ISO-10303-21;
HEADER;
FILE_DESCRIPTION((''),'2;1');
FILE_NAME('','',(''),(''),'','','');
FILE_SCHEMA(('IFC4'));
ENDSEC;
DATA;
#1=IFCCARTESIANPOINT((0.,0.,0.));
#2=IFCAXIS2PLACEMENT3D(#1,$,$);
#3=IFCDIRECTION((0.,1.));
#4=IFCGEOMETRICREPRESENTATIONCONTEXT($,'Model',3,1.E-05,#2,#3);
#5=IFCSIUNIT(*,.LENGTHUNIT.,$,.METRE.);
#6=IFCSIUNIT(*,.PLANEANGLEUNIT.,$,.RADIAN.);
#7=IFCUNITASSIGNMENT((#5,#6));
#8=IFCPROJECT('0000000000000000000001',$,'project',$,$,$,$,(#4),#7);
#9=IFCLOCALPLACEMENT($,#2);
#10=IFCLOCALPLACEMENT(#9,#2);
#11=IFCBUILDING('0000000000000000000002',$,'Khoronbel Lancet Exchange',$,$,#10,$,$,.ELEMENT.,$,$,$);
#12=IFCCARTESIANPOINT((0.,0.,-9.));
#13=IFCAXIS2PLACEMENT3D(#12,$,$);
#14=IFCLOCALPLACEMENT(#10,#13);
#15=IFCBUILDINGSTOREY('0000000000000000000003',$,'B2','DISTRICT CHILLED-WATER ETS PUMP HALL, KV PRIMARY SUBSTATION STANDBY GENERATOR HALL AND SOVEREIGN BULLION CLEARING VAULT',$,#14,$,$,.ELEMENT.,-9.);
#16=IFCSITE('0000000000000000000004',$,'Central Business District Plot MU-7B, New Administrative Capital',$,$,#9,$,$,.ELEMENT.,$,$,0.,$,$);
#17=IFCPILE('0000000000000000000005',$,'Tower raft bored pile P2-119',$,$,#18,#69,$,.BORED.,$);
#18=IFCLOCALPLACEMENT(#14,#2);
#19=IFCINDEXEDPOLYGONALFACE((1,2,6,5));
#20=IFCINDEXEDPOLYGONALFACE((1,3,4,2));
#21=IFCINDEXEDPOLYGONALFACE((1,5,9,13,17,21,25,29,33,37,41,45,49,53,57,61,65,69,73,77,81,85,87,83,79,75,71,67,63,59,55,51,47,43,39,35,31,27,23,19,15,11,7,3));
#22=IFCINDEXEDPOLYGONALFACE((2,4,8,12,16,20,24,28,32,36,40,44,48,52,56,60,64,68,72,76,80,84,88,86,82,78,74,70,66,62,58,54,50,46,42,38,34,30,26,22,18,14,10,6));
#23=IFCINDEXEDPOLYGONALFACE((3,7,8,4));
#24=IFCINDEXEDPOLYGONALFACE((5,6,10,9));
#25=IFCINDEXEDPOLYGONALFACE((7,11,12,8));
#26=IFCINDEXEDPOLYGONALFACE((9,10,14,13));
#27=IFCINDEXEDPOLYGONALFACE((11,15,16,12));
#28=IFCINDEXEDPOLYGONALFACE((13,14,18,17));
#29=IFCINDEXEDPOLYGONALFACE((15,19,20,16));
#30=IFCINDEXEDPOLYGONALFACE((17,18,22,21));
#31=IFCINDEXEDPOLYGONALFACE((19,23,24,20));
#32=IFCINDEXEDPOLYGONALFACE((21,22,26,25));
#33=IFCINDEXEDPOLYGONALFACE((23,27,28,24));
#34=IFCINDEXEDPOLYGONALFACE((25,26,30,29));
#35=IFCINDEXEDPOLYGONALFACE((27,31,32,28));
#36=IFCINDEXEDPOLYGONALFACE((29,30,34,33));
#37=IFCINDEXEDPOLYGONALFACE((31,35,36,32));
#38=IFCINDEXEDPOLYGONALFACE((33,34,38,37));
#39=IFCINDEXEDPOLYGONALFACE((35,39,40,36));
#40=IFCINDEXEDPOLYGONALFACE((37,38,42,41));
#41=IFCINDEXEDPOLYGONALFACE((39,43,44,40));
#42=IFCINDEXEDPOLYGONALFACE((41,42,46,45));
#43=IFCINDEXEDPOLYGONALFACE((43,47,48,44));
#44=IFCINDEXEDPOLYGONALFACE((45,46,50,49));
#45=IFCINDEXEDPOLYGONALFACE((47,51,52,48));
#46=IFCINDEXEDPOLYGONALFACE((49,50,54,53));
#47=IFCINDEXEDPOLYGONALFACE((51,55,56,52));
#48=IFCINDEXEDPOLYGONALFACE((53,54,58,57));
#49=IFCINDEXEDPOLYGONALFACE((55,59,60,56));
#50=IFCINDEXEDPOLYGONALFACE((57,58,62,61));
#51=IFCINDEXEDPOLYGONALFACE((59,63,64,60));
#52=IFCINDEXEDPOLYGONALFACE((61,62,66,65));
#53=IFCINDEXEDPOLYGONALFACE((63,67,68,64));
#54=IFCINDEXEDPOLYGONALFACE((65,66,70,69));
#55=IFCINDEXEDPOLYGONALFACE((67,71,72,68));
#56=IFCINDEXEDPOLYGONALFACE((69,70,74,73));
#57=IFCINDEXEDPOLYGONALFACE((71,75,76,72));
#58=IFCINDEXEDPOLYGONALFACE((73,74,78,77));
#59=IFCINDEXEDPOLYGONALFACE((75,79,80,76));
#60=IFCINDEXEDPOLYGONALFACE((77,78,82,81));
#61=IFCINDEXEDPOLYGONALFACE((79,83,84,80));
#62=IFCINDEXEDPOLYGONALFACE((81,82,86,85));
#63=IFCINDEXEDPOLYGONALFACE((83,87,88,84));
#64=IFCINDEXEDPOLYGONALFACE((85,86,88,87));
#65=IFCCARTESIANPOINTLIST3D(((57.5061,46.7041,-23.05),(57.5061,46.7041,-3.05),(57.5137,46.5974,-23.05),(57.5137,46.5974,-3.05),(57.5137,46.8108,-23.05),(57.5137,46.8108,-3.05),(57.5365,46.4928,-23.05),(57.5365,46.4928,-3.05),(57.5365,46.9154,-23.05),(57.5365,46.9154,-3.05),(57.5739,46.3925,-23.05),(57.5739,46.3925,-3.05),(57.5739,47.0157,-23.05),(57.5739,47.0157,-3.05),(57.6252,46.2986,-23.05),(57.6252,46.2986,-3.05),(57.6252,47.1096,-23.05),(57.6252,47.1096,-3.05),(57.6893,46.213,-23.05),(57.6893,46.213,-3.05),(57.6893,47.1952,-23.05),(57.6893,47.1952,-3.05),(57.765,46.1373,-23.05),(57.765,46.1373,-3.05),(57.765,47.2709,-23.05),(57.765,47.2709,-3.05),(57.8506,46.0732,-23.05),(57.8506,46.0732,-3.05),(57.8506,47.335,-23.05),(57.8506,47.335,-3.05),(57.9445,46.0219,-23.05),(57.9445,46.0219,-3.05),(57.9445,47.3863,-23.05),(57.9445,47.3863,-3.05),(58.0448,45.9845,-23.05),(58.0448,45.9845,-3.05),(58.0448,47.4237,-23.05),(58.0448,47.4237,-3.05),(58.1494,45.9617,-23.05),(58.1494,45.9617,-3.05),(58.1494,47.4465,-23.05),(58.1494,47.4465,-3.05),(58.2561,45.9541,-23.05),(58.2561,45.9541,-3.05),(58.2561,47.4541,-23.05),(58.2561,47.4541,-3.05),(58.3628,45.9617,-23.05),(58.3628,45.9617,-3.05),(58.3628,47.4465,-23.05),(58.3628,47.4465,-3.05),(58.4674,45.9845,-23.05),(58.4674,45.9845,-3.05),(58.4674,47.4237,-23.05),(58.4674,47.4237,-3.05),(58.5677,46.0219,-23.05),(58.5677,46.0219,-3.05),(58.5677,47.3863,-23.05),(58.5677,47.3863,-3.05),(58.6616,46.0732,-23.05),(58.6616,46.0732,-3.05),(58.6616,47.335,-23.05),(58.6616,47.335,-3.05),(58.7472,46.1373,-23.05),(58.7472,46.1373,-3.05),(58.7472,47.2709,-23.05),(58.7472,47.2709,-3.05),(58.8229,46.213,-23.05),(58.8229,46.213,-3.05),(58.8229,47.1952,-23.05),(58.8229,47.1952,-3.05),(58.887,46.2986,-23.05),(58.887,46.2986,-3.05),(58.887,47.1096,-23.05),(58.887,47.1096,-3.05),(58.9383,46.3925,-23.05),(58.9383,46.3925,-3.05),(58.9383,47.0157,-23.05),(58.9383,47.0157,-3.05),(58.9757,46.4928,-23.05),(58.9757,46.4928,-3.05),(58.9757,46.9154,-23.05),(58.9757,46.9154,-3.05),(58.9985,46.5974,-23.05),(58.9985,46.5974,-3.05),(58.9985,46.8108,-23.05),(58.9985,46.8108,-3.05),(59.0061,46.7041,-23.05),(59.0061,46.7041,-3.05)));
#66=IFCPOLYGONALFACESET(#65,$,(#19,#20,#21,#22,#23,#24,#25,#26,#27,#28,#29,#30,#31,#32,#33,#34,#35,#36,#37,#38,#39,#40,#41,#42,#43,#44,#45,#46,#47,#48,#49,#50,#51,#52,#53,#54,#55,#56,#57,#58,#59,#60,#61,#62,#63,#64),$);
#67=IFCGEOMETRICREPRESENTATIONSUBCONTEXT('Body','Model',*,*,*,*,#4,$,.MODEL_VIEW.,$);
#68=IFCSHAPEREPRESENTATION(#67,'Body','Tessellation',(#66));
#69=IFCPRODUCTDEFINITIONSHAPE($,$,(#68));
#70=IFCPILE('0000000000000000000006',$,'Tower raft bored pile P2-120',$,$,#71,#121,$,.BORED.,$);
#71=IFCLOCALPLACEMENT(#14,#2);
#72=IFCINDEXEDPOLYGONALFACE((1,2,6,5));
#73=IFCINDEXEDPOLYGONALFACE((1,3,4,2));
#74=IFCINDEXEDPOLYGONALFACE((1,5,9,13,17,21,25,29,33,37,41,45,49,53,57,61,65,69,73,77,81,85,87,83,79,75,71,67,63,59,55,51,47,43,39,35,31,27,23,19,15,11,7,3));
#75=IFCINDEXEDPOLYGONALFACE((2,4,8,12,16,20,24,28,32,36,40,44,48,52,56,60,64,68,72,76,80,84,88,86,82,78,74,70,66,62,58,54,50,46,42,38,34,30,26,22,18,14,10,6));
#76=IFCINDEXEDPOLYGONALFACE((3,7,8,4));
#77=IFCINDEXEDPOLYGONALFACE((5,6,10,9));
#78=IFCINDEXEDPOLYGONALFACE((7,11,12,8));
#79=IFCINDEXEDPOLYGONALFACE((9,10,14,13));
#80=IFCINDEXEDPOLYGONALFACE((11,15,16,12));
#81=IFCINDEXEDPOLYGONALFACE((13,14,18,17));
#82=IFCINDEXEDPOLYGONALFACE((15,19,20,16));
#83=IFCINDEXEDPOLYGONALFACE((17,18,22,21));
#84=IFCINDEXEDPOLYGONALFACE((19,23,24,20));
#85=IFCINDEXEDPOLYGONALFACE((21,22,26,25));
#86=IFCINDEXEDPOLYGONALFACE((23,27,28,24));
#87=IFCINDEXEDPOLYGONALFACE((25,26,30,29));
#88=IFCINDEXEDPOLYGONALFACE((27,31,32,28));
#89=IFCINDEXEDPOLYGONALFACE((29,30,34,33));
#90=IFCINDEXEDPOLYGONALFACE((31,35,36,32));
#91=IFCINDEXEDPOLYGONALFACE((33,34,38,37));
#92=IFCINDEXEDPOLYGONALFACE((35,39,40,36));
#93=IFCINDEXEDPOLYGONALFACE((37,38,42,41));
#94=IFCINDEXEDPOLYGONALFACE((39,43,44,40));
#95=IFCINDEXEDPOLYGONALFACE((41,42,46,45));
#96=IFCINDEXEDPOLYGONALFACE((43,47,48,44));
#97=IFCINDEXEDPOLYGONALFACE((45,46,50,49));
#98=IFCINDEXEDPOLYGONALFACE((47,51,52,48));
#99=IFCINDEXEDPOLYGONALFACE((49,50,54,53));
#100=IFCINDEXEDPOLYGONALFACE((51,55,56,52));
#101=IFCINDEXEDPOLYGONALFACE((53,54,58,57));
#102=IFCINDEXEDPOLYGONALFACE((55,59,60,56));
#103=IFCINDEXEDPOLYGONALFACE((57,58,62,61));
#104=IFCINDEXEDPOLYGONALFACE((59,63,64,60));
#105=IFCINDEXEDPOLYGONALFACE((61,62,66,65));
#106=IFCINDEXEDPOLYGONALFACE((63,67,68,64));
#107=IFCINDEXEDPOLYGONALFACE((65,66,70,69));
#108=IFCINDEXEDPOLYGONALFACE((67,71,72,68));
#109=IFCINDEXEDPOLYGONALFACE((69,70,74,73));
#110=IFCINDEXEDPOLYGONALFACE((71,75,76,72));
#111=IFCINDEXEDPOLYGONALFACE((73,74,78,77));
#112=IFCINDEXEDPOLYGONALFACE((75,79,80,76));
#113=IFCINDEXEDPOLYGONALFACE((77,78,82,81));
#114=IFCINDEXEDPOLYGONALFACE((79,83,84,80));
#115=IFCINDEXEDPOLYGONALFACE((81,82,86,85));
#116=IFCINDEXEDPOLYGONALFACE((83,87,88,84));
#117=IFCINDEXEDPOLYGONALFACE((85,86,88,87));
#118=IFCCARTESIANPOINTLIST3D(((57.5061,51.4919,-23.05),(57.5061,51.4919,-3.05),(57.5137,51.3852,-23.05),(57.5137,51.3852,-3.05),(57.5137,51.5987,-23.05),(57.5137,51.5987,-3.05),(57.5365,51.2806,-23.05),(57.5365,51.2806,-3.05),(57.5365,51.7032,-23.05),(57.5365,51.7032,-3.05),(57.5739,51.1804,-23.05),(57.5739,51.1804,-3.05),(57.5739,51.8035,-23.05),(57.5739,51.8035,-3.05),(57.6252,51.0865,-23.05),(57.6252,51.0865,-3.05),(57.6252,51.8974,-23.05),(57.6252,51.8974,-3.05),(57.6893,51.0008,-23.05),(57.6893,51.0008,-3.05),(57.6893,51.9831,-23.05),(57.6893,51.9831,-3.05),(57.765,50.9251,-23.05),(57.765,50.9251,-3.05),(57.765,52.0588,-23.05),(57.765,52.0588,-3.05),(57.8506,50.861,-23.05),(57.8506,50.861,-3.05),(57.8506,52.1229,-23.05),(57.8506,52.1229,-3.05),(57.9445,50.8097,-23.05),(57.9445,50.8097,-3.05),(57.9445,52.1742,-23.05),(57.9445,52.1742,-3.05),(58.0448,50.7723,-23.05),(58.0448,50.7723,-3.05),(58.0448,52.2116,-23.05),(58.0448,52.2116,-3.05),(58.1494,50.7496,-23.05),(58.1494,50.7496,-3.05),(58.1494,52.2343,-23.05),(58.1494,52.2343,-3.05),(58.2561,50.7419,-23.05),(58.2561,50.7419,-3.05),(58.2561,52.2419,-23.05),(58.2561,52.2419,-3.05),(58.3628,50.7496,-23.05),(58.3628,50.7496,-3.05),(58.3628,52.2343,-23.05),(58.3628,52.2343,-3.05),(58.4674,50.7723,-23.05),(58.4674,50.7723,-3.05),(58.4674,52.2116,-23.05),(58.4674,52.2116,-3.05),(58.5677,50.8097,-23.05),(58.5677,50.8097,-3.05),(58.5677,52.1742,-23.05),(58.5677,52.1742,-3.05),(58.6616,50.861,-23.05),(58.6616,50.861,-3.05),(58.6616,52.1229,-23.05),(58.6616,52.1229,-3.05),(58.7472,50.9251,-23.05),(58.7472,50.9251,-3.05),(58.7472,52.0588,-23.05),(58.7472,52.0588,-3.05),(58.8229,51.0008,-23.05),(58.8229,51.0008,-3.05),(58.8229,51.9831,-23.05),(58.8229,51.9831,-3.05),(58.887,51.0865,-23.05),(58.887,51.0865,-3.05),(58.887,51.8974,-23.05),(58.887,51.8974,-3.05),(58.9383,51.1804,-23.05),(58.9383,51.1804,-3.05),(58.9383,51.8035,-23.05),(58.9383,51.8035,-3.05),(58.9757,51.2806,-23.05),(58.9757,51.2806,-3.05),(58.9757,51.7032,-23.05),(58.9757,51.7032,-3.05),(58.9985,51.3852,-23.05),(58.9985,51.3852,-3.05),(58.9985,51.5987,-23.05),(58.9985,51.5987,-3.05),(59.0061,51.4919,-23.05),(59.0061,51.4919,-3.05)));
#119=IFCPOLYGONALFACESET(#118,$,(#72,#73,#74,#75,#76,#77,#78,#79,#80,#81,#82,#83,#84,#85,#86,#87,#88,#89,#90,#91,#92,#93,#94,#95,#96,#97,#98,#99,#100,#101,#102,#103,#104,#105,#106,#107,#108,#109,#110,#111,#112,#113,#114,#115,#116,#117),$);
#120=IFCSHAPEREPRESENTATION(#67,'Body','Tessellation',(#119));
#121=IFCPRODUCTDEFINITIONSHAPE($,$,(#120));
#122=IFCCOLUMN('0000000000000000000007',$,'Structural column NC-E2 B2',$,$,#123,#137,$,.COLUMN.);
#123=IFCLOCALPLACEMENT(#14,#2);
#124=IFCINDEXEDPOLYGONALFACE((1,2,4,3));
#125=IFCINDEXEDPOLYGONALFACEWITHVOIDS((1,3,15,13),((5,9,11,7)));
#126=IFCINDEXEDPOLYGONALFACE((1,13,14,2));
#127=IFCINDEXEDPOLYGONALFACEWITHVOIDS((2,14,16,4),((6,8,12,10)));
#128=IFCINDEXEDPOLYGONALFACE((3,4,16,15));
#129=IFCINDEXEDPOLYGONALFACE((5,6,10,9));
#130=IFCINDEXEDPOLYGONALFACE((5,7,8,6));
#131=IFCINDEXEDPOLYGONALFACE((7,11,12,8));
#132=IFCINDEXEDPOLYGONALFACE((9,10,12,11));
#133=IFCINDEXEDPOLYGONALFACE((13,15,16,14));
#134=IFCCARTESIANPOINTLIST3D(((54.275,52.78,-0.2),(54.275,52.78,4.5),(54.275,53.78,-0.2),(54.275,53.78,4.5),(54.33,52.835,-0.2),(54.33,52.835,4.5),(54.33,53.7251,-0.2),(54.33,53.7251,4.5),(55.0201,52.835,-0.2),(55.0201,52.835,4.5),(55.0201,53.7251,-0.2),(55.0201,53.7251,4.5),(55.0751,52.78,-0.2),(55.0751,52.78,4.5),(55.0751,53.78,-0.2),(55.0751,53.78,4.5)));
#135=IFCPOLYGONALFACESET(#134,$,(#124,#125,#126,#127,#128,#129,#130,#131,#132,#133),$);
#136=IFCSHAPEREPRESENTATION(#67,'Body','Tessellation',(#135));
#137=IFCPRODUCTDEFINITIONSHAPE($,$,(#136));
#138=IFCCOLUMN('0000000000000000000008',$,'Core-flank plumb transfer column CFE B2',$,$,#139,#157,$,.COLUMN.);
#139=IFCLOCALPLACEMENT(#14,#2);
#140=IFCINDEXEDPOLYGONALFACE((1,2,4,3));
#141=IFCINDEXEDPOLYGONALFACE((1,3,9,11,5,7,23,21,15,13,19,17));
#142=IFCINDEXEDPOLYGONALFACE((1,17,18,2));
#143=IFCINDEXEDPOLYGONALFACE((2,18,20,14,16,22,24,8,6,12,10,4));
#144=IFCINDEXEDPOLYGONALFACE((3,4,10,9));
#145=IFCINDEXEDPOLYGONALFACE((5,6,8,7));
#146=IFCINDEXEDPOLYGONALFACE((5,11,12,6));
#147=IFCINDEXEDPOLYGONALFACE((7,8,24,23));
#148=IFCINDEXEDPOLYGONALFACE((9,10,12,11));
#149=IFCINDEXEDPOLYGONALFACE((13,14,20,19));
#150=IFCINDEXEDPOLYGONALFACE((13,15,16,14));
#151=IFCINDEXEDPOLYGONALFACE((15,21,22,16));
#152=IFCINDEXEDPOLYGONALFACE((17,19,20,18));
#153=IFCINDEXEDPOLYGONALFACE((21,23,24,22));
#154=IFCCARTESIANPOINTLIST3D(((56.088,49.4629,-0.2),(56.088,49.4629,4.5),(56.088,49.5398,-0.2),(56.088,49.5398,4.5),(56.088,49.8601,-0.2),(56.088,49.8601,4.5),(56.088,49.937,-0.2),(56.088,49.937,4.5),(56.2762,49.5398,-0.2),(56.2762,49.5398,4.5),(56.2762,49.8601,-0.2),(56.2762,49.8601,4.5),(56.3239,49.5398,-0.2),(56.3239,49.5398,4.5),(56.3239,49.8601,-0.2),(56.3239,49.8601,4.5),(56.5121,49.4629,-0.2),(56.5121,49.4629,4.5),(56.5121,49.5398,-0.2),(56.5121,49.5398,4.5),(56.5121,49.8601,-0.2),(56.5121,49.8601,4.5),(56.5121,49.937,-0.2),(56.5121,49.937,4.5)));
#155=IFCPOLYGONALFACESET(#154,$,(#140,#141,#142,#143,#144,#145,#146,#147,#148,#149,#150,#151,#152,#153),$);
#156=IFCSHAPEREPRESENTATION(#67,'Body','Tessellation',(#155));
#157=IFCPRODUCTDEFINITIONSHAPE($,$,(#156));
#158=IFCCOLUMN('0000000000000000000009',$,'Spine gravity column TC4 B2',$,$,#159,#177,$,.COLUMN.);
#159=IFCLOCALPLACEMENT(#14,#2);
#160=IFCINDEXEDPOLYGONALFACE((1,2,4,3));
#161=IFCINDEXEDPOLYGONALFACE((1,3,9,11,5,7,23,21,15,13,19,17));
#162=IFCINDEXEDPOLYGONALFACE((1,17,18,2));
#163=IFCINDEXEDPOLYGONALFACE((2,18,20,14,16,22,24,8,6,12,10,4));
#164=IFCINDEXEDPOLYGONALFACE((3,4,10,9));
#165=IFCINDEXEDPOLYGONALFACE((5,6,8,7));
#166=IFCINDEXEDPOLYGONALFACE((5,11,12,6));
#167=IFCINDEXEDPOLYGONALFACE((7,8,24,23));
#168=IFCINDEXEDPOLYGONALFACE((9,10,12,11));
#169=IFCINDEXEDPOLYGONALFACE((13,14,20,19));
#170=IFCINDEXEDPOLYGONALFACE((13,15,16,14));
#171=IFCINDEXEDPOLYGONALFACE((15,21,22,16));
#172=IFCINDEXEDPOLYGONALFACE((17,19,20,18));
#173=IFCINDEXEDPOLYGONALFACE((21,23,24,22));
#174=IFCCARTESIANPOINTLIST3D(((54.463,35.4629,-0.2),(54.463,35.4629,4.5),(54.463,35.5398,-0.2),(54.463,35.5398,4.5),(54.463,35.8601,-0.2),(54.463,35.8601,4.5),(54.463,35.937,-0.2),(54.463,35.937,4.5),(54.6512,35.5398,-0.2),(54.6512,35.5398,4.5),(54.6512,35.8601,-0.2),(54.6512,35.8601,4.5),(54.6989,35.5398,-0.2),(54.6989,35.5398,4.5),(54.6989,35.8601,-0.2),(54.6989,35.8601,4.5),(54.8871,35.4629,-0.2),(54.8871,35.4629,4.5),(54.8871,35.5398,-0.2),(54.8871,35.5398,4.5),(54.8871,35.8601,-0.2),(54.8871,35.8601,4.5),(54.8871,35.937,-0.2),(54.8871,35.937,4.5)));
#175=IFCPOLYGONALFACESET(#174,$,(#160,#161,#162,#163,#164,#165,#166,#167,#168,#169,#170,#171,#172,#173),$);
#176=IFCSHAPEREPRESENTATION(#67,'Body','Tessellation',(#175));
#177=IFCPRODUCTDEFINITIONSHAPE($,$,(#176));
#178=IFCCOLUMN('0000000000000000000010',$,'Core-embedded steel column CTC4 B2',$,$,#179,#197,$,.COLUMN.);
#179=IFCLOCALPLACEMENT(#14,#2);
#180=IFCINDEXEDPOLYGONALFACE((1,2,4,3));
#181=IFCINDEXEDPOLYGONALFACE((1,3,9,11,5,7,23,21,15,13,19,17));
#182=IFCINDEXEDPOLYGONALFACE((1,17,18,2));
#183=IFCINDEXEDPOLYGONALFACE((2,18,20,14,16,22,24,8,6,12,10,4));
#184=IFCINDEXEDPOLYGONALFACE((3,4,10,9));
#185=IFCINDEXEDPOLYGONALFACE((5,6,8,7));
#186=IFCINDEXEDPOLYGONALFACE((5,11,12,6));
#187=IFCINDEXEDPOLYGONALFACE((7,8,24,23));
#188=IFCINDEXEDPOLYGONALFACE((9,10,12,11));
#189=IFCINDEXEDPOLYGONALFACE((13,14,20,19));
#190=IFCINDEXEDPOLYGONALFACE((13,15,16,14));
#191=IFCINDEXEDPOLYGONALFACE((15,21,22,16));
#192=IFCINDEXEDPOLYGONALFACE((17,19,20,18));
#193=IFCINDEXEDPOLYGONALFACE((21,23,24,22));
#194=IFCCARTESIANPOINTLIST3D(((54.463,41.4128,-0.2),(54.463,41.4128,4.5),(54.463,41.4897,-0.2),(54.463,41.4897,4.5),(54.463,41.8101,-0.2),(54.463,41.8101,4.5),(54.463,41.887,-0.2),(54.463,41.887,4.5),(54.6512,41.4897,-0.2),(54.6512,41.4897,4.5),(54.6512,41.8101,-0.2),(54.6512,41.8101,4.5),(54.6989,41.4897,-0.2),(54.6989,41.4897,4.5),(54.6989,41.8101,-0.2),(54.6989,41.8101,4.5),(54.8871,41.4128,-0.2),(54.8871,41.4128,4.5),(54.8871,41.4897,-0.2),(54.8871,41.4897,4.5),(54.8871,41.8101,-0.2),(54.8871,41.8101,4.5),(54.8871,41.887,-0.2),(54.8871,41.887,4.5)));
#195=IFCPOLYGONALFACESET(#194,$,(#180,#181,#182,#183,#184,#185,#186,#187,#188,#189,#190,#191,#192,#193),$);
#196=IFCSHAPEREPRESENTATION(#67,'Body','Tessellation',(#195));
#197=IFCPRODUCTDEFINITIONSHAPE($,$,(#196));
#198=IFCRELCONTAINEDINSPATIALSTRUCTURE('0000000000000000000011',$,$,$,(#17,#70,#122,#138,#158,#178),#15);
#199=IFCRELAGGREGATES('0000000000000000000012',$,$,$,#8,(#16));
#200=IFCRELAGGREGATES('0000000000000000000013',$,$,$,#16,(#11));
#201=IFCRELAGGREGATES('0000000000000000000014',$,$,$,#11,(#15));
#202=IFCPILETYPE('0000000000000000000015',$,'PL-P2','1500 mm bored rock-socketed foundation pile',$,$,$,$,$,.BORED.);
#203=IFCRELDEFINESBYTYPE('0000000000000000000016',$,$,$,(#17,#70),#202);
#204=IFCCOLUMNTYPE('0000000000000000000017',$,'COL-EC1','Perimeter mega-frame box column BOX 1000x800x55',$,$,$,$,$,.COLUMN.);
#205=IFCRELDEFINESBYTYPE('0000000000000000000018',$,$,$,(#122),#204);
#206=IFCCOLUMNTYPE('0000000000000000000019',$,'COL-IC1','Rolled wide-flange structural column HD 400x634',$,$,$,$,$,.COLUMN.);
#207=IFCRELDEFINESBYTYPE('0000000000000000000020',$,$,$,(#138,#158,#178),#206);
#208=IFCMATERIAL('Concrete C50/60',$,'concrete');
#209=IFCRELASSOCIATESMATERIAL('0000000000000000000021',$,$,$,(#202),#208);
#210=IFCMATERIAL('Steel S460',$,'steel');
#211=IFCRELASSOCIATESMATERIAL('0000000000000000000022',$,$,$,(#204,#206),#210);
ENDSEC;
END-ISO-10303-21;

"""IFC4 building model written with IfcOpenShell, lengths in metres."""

from ifc_helpers import new_model, si_unit, direction, frame, origin, origin_2d, place, context, subcontext, project, spatial, hollow_rectangle, circle, i_section, extrude, material, material_profile, profile_set, type_object, element, save


model = new_model("IFC4")

# Units and contexts
model_context = context("Model", 3, precision=1e-05, world=origin(), true_north=direction((0.0, 1.0)))
body_context = subcontext(model_context, "Body", "Model", "MODEL_VIEW")
ifc_project = project(units=[si_unit("LENGTHUNIT", "METRE"), si_unit("PLANEANGLEUNIT", "RADIAN")], contexts=[model_context])

# Site, building, storey
site_placement = place(None, origin())
site = spatial("IfcSite", under=ifc_project, at=site_placement, Name="Central Business District Plot MU-7B, New Administrative Capital", CompositionType="ELEMENT", RefElevation=0.0)
building_placement = place(site_placement, origin())
building = spatial("IfcBuilding", under=site, at=building_placement, Name="Khoronbel Lancet Exchange", CompositionType="ELEMENT")
storey_placement = place(building_placement, frame((0.0, 0.0, -9.0)))
storey = spatial("IfcBuildingStorey", under=building, at=storey_placement, Name="B2", Description="DISTRICT CHILLED-WATER ETS PUMP HALL, KV PRIMARY SUBSTATION STANDBY GENERATOR HALL AND SOVEREIGN BULLION CLEARING VAULT", CompositionType="ELEMENT", Elevation=-9.0)

# Piles
ifc_material_1 = material(Name="Concrete C50/60", Category="concrete")
ifc_material_profile_1 = material_profile(ifc_material_1, circle(Radius=0.75, at=origin_2d()), Name="BORED PILE D1500")
ifc_profile_set_1 = profile_set([ifc_material_profile_1], Name="Concrete C50/60")
pile_type = type_object("IfcPileType", Name="PL-P2", Description="1500 mm bored rock-socketed foundation pile", PredefinedType="BORED", material=ifc_profile_set_1)
for number, where, z_axis, x_axis, name in (
    (1, (58.2561, 46.7041, -3.05), (0.0, 0.0, -1.0), (1.0, 0.0, 0.0), "Tower raft bored pile P2-119"),
    (2, (58.2561, 51.4919, -3.05), (0.0, 0.0, -1.0), (1.0, 0.0, 0.0), "Tower raft bored pile P2-120"),
):
    element("IfcPile", number, at=place(storey_placement, frame(where, z_axis=z_axis, x_axis=x_axis)), inside=storey, type_object=pile_type, Name=name, PredefinedType="BORED", context=body_context, shape_type="SweptSolid", body=[
        extrude(circle(Radius=0.75, at=origin_2d()), origin(), (0.0, 0.0, 1.0), 20.0),
    ])

# Columns
ifc_material_2 = material(Name="Steel S460", Category="steel")
ifc_material_profile_2 = material_profile(ifc_material_2, hollow_rectangle(XDim=0.8, YDim=1.0, WallThickness=0.0549, at=origin_2d()), Name="BOX 1000x800x55")
ifc_profile_set_2 = profile_set([ifc_material_profile_2], Name="Steel S460")
column_type_1 = type_object("IfcColumnType", Name="COL-EC1", Description="Perimeter mega-frame box column BOX 1000x800x55", PredefinedType="COLUMN", material=ifc_profile_set_2)
column_placement = place(storey_placement, frame((54.675, 53.28, -0.2), z_axis=(0.0, 0.0, 1.0), x_axis=(1.0, 0.0, 0.0)))
element("IfcColumn", 3, at=column_placement, inside=storey, type_object=column_type_1, Name="Structural column NC-E2 B2", PredefinedType="COLUMN", context=body_context, shape_type="SweptSolid", body=[
    extrude(hollow_rectangle(XDim=0.8, YDim=1.0, WallThickness=0.0549, at=origin_2d()), origin(), (0.0, 0.0, 1.0), 4.7),
])
ifc_material_profile_3 = material_profile(ifc_material_2, i_section(OverallWidth=0.4241, OverallDepth=0.4741, WebThickness=0.0476, FlangeThickness=0.0769, at=origin_2d()), Name="HD 400x634")
ifc_profile_set_3 = profile_set([ifc_material_profile_3], Name="Steel S460")
column_type_2 = type_object("IfcColumnType", Name="COL-IC1", Description="Rolled wide-flange structural column HD 400x634", PredefinedType="COLUMN", material=ifc_profile_set_3)
for number, where, z_axis, x_axis, name in (
    (4, (56.3, 49.7, -0.2), (0.0, 0.0, 1.0), (1.0, 0.0, 0.0), "Core-flank plumb transfer column CFE B2"),
    (5, (54.675, 35.7, -0.2), (0.0, 0.0, 1.0), (1.0, 0.0, 0.0), "Spine gravity column TC4 B2"),
    (6, (54.675, 41.6499, -0.2), (0.0, 0.0, 1.0), (1.0, 0.0, 0.0), "Core-embedded steel column CTC4 B2"),
):
    element("IfcColumn", number, at=place(storey_placement, frame(where, z_axis=z_axis, x_axis=x_axis)), inside=storey, type_object=column_type_2, Name=name, PredefinedType="COLUMN", context=body_context, shape_type="SweptSolid", body=[
        extrude(i_section(OverallWidth=0.4241, OverallDepth=0.4741, WebThickness=0.0476, FlangeThickness=0.0769, at=origin_2d()), origin(), (0.0, 0.0, 1.0), 4.7),
    ])

save(model, "model.ifc")
